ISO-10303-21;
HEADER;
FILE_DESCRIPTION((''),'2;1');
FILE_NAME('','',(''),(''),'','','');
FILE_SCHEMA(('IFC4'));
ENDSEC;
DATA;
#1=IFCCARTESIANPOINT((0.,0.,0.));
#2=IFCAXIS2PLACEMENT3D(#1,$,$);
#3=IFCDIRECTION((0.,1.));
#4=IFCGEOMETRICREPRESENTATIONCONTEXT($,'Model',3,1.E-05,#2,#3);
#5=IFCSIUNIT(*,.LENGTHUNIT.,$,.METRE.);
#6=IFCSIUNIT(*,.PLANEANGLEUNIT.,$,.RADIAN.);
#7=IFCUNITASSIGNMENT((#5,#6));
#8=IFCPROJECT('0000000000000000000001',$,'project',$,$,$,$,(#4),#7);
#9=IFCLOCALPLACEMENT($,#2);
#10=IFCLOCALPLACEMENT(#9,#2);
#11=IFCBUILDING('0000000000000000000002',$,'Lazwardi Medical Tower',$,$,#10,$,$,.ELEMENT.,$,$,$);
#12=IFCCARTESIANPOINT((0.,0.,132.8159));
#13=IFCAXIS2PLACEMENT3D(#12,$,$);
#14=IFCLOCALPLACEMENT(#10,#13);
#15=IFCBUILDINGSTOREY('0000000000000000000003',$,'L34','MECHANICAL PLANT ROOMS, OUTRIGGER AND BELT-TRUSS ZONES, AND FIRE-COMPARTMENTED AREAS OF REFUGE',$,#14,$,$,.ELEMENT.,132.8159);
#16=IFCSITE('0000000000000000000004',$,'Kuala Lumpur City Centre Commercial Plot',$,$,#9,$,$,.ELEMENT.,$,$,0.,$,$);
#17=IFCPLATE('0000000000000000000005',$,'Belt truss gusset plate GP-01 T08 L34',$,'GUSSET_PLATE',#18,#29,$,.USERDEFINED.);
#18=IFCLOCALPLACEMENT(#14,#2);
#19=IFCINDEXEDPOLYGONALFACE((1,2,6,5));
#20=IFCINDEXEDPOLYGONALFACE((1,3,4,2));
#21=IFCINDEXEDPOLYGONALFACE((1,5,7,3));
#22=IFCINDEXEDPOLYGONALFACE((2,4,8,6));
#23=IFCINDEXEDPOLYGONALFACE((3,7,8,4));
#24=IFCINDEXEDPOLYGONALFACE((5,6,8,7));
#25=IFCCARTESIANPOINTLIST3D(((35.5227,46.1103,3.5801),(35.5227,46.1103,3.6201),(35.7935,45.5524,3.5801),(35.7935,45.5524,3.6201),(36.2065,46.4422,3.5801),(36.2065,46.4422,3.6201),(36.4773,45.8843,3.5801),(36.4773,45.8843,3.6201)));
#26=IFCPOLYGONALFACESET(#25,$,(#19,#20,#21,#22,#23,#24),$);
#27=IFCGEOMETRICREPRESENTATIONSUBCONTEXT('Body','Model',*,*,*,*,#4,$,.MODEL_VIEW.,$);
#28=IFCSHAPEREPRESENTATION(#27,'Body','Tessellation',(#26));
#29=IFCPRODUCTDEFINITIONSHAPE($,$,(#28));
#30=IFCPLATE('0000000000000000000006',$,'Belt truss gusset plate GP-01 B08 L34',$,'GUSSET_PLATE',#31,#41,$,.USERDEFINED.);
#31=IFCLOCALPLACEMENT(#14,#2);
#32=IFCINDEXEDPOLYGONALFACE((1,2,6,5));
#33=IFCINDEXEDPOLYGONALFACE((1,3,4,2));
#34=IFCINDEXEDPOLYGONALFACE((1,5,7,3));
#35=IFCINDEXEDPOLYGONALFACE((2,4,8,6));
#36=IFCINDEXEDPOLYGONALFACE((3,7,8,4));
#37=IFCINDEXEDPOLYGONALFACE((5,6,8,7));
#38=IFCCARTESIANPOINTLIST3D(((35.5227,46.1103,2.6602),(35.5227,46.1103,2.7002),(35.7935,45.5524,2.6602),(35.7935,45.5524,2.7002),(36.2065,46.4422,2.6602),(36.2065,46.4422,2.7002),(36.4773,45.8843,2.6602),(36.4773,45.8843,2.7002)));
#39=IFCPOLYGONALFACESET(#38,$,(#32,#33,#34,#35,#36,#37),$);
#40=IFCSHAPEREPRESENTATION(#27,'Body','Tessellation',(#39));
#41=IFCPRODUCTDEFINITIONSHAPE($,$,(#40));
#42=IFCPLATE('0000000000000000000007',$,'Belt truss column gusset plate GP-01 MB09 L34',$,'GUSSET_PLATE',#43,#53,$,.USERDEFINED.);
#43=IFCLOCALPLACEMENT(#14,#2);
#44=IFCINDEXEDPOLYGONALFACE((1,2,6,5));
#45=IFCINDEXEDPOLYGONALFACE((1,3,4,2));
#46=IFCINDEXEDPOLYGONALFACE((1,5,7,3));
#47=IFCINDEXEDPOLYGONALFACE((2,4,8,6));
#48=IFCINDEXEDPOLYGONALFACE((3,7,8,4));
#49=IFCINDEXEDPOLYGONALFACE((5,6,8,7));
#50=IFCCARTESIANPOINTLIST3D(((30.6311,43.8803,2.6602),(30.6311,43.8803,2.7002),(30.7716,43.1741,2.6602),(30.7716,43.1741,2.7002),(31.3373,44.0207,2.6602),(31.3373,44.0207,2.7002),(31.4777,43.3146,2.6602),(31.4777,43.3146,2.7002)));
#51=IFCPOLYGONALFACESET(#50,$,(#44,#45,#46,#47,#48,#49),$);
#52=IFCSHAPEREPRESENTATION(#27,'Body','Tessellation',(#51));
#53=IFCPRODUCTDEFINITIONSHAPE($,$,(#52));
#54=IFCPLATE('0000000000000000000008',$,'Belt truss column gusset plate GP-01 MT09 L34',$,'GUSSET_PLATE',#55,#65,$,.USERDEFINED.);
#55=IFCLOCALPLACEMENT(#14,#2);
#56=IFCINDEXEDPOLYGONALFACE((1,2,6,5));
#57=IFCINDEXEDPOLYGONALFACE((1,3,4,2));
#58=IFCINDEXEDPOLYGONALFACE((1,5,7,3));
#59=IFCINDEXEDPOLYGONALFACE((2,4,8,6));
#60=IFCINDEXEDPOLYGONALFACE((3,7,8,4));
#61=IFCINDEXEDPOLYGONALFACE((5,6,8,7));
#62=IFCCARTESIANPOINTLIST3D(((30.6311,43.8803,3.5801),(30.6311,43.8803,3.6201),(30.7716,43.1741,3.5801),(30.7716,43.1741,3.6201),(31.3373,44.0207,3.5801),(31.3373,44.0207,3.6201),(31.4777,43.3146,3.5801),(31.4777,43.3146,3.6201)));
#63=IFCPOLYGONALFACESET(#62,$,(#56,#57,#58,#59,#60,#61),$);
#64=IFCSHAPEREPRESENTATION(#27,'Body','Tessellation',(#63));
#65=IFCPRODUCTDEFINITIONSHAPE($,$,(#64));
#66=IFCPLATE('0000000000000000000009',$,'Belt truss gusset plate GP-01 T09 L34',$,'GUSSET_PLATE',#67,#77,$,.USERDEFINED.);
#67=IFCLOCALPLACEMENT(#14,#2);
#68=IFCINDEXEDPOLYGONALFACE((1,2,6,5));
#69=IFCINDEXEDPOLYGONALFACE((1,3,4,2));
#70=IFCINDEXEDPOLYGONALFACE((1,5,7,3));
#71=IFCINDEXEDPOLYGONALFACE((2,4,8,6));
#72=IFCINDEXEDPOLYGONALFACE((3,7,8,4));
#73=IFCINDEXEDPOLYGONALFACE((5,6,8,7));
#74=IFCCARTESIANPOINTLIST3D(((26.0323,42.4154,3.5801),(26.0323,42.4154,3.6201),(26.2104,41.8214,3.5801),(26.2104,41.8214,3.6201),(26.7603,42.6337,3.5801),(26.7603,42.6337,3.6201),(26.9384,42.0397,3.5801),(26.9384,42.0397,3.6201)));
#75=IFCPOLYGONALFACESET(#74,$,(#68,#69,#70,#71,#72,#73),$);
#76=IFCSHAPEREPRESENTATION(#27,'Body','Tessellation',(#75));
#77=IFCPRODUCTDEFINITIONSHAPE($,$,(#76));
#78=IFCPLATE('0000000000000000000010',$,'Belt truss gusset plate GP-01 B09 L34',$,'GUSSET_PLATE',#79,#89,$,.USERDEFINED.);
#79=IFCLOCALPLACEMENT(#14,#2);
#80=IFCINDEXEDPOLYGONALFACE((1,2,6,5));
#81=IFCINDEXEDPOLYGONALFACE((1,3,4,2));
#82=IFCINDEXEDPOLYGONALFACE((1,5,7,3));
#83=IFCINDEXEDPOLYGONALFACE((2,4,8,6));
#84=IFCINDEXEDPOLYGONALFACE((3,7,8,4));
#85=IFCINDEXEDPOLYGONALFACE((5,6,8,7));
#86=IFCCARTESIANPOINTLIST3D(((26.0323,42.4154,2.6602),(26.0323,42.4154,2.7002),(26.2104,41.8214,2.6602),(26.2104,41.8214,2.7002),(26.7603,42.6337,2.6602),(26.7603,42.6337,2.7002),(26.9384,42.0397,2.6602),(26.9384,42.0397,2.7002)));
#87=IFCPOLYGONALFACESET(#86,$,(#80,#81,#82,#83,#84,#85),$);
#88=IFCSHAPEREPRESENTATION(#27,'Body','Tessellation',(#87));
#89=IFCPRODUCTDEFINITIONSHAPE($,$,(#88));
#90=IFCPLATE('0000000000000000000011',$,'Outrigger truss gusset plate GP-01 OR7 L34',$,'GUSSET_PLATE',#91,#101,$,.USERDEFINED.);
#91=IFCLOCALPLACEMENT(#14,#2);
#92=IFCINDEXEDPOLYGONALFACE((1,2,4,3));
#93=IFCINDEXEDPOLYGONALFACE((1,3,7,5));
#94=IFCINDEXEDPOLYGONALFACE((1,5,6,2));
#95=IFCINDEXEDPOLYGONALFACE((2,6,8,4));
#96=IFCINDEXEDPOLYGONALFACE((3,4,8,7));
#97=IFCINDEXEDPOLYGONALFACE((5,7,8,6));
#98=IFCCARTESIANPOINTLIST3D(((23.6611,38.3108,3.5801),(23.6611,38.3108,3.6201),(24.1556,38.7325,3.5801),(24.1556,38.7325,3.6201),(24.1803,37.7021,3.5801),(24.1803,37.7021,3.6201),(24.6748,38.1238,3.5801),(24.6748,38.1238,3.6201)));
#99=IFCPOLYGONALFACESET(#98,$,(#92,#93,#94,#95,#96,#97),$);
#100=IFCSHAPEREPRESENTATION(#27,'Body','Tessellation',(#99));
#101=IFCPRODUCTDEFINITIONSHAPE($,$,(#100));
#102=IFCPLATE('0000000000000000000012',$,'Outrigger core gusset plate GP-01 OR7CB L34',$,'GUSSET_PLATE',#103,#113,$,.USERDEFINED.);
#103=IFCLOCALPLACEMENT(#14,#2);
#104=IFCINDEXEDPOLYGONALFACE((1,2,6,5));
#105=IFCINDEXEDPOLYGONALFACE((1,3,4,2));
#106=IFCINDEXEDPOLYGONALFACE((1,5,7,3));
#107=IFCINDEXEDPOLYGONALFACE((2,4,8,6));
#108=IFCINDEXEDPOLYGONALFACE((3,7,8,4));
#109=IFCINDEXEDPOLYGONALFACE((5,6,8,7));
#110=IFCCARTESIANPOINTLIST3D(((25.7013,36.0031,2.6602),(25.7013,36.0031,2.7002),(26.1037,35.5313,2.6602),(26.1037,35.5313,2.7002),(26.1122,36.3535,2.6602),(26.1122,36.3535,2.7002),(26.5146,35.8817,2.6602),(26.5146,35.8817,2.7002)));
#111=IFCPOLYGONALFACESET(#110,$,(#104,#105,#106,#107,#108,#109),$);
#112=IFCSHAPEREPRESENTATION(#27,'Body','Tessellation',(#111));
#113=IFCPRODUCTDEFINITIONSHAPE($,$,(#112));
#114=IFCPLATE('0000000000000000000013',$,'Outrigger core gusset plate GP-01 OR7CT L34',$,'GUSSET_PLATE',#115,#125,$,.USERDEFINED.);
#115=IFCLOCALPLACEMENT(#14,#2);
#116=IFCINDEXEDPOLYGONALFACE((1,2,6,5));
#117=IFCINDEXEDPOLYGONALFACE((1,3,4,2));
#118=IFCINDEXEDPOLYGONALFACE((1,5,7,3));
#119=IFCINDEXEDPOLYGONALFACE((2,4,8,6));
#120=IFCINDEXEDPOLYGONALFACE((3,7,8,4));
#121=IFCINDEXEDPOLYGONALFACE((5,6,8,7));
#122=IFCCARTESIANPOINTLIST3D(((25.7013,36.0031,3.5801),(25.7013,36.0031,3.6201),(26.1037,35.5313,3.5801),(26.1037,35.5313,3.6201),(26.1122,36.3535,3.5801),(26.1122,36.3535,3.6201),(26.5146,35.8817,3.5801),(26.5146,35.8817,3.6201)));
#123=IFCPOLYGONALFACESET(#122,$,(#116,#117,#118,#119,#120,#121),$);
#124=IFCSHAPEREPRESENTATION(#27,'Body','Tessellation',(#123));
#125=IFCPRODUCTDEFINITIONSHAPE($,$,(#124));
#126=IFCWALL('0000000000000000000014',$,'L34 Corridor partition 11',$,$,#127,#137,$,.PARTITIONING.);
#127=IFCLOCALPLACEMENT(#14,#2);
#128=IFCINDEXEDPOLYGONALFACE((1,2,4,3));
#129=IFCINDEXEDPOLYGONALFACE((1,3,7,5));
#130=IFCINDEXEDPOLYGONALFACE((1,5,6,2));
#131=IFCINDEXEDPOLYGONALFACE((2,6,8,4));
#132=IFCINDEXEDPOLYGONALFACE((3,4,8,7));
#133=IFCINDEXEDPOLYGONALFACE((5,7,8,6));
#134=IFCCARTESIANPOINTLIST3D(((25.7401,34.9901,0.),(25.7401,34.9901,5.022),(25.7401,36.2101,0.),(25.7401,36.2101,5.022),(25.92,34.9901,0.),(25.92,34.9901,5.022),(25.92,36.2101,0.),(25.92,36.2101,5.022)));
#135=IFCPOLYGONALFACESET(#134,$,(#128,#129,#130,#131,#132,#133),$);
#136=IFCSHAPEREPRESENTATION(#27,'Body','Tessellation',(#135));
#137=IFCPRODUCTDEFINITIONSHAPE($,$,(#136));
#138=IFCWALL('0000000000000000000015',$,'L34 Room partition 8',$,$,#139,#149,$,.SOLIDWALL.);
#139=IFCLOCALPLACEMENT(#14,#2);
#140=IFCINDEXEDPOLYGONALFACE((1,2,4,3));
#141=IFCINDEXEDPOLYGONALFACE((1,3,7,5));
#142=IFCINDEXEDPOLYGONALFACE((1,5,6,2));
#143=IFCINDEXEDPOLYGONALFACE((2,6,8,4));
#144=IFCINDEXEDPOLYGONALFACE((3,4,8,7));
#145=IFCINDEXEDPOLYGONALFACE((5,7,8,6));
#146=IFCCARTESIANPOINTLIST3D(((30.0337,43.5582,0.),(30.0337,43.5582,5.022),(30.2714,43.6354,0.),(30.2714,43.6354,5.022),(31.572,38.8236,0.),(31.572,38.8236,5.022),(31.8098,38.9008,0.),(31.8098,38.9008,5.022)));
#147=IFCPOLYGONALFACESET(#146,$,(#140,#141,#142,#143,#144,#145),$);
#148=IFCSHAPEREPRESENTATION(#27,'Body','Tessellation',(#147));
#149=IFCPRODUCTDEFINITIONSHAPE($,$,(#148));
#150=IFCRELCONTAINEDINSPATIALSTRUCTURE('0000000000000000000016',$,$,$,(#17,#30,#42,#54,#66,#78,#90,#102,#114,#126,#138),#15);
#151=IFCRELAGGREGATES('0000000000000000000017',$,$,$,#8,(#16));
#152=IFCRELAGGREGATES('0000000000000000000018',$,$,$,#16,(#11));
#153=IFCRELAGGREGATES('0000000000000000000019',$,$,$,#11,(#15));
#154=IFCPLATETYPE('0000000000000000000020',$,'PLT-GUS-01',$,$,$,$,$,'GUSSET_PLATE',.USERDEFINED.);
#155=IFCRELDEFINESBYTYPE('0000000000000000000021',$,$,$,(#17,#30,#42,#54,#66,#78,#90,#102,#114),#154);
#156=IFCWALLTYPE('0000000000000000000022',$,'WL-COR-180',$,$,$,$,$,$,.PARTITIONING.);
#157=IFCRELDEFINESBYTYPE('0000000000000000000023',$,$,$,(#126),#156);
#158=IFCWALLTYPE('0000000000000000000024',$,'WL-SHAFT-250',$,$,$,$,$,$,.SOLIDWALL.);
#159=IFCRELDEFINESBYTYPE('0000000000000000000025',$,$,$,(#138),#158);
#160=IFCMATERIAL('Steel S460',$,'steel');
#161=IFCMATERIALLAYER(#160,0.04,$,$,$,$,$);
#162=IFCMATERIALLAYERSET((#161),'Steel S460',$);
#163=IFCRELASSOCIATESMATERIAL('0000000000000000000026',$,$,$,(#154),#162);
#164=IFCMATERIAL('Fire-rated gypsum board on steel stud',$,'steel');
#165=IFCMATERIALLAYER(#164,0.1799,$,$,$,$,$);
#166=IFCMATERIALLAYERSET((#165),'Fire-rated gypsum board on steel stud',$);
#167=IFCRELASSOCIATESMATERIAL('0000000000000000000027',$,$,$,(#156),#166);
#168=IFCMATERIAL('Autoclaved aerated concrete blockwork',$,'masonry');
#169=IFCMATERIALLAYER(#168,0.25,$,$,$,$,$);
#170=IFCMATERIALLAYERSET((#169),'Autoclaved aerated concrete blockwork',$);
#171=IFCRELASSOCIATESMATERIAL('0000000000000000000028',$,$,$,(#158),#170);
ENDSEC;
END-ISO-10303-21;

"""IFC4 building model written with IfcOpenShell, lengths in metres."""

from ifc_helpers import new_model, si_unit, direction, frame, frame_2d, origin, origin_2d, place, context, subcontext, project, spatial, rectangle, extrude, material, layer, layer_set, type_object, element, save


model = new_model("IFC4")

# Units and contexts
model_context = context("Model", 3, precision=1e-05, world=origin(), true_north=direction((0.0, 1.0)))
body_context = subcontext(model_context, "Body", "Model", "MODEL_VIEW")
ifc_project = project(units=[si_unit("LENGTHUNIT", "METRE"), si_unit("PLANEANGLEUNIT", "RADIAN")], contexts=[model_context])

# Site, building, storey
site_placement = place(None, origin())
site = spatial("IfcSite", under=ifc_project, at=site_placement, Name="Kuala Lumpur City Centre Commercial Plot", CompositionType="ELEMENT", RefElevation=0.0)
building_placement = place(site_placement, origin())
building = spatial("IfcBuilding", under=site, at=building_placement, Name="Lazwardi Medical Tower", CompositionType="ELEMENT")
storey_placement = place(building_placement, frame((0.0, 0.0, 132.8159)))
storey = spatial("IfcBuildingStorey", under=building, at=storey_placement, Name="L34", Description="MECHANICAL PLANT ROOMS, OUTRIGGER AND BELT-TRUSS ZONES, AND FIRE-COMPARTMENTED AREAS OF REFUGE", CompositionType="ELEMENT", Elevation=132.8159)

# Shared definitions
ifc_material_1 = material(Name="Steel S460", Category="steel")

# Plates
ifc_layer_1 = layer(ifc_material_1, 0.04)
ifc_layer_set_1 = layer_set([ifc_layer_1], Name="Steel S460")
plate_type = type_object("IfcPlateType", Name="PLT-GUS-01", ElementType="GUSSET_PLATE", PredefinedType="USERDEFINED", material=ifc_layer_set_1)
for number, where, z_axis, x_axis, name in (
    (1, (36.0, 45.9973, 3.5801), (0.0, 0.0, 1.0), (-0.899634, -0.436645, 0.0), "Belt truss gusset plate GP-01 T08 L34"),
    (2, (36.0, 45.9973, 2.6602), (0.0, 0.0, 1.0), (-0.899634, -0.436645, 0.0), "Belt truss gusset plate GP-01 B08 L34"),
):
    element("IfcPlate", number, at=place(storey_placement, frame(where, z_axis=z_axis, x_axis=x_axis)), inside=storey, type_object=plate_type, Name=name, ObjectType="GUSSET_PLATE", PredefinedType="USERDEFINED", context=body_context, shape_type="SweptSolid", body=[
        extrude(rectangle(XDim=0.76, YDim=0.6201, at=origin_2d()), origin(), (0.0, 0.0, 1.0), 0.04),
    ])
for number, where, z_axis, x_axis, name in (
    (3, (31.0544, 43.5974, 2.6602), (0.0, 0.0, 1.0), (-0.19509, 0.980785, 0.0), "Belt truss column gusset plate GP-01 MB09 L34"),
    (4, (31.0544, 43.5974, 3.5801), (0.0, 0.0, 1.0), (-0.19509, 0.980785, 0.0), "Belt truss column gusset plate GP-01 MT09 L34"),
):
    element("IfcPlate", number, at=place(storey_placement, frame(where, z_axis=z_axis, x_axis=x_axis)), inside=storey, type_object=plate_type, Name=name, ObjectType="GUSSET_PLATE", PredefinedType="USERDEFINED", context=body_context, shape_type="SweptSolid", body=[
        extrude(rectangle(XDim=0.72, YDim=0.72, at=origin_2d()), origin(), (0.0, 0.0, 1.0), 0.04),
    ])
for number, where, z_axis, x_axis, name in (
    (5, (26.4854, 42.2275, 3.5801), (0.0, 0.0, 1.0), (-0.957873, -0.287193, 0.0), "Belt truss gusset plate GP-01 T09 L34"),
    (6, (26.4854, 42.2275, 2.6602), (0.0, 0.0, 1.0), (-0.957873, -0.287193, 0.0), "Belt truss gusset plate GP-01 B09 L34"),
):
    element("IfcPlate", number, at=place(storey_placement, frame(where, z_axis=z_axis, x_axis=x_axis)), inside=storey, type_object=plate_type, Name=name, ObjectType="GUSSET_PLATE", PredefinedType="USERDEFINED", context=body_context, shape_type="SweptSolid", body=[
        extrude(rectangle(XDim=0.76, YDim=0.6201, at=origin_2d()), origin(), (0.0, 0.0, 1.0), 0.04),
    ])
plate_placement = place(storey_placement, frame((24.168, 38.2173, 3.5801), z_axis=(0.0, 0.0, 1.0), x_axis=(-0.648917, 0.760859, 0.0)))
element("IfcPlate", 7, at=plate_placement, inside=storey, type_object=plate_type, Name="Outrigger truss gusset plate GP-01 OR7 L34", ObjectType="GUSSET_PLATE", PredefinedType="USERDEFINED", context=body_context, shape_type="SweptSolid", body=[
    extrude(rectangle(XDim=0.8, YDim=0.6499, at=origin_2d()), origin(), (0.0, 0.0, 1.0), 0.04),
])
for number, where, z_axis, x_axis, name in (
    (8, (26.1079, 35.9424, 2.6602), (0.0, 0.0, 1.0), (-0.648917, 0.760859, 0.0), "Outrigger core gusset plate GP-01 OR7CB L34"),
    (9, (26.1079, 35.9424, 3.5801), (0.0, 0.0, 1.0), (-0.648917, 0.760859, 0.0), "Outrigger core gusset plate GP-01 OR7CT L34"),
):
    element("IfcPlate", number, at=place(storey_placement, frame(where, z_axis=z_axis, x_axis=x_axis)), inside=storey, type_object=plate_type, Name=name, ObjectType="GUSSET_PLATE", PredefinedType="USERDEFINED", context=body_context, shape_type="SweptSolid", body=[
        extrude(rectangle(XDim=0.6201, YDim=0.54, at=origin_2d()), origin(), (0.0, 0.0, 1.0), 0.04),
    ])

# Walls
ifc_material_2 = material(Name="Fire-rated gypsum board on steel stud", Category="steel")
ifc_layer_2 = layer(ifc_material_2, 0.1799)
ifc_layer_set_2 = layer_set([ifc_layer_2], Name="Fire-rated gypsum board on steel stud")
wall_type_1 = type_object("IfcWallType", Name="WL-COR-180", PredefinedType="PARTITIONING", material=ifc_layer_set_2)
wall_1_placement = place(storey_placement, frame((25.8301, 36.21, 0.0), z_axis=(0.0, 0.0, 1.0), x_axis=(0.0, -1.0, 0.0)))
element("IfcWall", 10, at=wall_1_placement, inside=storey, type_object=wall_type_1, Name="L34 Corridor partition 11", PredefinedType="PARTITIONING", context=body_context, shape_type="SweptSolid", body=[
    extrude(rectangle(XDim=1.22, YDim=0.1799, at=frame_2d((0.6099, 0.0))), origin(), (0.0, 0.0, 1.0), 5.022),
])
ifc_material_3 = material(Name="Autoclaved aerated concrete blockwork", Category="masonry")
ifc_layer_3 = layer(ifc_material_3, 0.25)
ifc_layer_set_3 = layer_set([ifc_layer_3], Name="Autoclaved aerated concrete blockwork")
wall_type_2 = type_object("IfcWallType", Name="WL-SHAFT-250", PredefinedType="SOLIDWALL", material=ifc_layer_set_3)
wall_2_placement = place(storey_placement, frame((31.6909, 38.8621, 0.0), z_axis=(0.0, 0.0, 1.0), x_axis=(-0.30901, 0.951059, 0.0)))
element("IfcWall", 11, at=wall_2_placement, inside=storey, type_object=wall_type_2, Name="L34 Room partition 8", PredefinedType="SOLIDWALL", context=body_context, shape_type="SweptSolid", body=[
    extrude(rectangle(XDim=4.9783, YDim=0.25, at=frame_2d((2.4893, 0.0))), origin(), (0.0, 0.0, 1.0), 5.022),
])

save(model, "model.ifc")
